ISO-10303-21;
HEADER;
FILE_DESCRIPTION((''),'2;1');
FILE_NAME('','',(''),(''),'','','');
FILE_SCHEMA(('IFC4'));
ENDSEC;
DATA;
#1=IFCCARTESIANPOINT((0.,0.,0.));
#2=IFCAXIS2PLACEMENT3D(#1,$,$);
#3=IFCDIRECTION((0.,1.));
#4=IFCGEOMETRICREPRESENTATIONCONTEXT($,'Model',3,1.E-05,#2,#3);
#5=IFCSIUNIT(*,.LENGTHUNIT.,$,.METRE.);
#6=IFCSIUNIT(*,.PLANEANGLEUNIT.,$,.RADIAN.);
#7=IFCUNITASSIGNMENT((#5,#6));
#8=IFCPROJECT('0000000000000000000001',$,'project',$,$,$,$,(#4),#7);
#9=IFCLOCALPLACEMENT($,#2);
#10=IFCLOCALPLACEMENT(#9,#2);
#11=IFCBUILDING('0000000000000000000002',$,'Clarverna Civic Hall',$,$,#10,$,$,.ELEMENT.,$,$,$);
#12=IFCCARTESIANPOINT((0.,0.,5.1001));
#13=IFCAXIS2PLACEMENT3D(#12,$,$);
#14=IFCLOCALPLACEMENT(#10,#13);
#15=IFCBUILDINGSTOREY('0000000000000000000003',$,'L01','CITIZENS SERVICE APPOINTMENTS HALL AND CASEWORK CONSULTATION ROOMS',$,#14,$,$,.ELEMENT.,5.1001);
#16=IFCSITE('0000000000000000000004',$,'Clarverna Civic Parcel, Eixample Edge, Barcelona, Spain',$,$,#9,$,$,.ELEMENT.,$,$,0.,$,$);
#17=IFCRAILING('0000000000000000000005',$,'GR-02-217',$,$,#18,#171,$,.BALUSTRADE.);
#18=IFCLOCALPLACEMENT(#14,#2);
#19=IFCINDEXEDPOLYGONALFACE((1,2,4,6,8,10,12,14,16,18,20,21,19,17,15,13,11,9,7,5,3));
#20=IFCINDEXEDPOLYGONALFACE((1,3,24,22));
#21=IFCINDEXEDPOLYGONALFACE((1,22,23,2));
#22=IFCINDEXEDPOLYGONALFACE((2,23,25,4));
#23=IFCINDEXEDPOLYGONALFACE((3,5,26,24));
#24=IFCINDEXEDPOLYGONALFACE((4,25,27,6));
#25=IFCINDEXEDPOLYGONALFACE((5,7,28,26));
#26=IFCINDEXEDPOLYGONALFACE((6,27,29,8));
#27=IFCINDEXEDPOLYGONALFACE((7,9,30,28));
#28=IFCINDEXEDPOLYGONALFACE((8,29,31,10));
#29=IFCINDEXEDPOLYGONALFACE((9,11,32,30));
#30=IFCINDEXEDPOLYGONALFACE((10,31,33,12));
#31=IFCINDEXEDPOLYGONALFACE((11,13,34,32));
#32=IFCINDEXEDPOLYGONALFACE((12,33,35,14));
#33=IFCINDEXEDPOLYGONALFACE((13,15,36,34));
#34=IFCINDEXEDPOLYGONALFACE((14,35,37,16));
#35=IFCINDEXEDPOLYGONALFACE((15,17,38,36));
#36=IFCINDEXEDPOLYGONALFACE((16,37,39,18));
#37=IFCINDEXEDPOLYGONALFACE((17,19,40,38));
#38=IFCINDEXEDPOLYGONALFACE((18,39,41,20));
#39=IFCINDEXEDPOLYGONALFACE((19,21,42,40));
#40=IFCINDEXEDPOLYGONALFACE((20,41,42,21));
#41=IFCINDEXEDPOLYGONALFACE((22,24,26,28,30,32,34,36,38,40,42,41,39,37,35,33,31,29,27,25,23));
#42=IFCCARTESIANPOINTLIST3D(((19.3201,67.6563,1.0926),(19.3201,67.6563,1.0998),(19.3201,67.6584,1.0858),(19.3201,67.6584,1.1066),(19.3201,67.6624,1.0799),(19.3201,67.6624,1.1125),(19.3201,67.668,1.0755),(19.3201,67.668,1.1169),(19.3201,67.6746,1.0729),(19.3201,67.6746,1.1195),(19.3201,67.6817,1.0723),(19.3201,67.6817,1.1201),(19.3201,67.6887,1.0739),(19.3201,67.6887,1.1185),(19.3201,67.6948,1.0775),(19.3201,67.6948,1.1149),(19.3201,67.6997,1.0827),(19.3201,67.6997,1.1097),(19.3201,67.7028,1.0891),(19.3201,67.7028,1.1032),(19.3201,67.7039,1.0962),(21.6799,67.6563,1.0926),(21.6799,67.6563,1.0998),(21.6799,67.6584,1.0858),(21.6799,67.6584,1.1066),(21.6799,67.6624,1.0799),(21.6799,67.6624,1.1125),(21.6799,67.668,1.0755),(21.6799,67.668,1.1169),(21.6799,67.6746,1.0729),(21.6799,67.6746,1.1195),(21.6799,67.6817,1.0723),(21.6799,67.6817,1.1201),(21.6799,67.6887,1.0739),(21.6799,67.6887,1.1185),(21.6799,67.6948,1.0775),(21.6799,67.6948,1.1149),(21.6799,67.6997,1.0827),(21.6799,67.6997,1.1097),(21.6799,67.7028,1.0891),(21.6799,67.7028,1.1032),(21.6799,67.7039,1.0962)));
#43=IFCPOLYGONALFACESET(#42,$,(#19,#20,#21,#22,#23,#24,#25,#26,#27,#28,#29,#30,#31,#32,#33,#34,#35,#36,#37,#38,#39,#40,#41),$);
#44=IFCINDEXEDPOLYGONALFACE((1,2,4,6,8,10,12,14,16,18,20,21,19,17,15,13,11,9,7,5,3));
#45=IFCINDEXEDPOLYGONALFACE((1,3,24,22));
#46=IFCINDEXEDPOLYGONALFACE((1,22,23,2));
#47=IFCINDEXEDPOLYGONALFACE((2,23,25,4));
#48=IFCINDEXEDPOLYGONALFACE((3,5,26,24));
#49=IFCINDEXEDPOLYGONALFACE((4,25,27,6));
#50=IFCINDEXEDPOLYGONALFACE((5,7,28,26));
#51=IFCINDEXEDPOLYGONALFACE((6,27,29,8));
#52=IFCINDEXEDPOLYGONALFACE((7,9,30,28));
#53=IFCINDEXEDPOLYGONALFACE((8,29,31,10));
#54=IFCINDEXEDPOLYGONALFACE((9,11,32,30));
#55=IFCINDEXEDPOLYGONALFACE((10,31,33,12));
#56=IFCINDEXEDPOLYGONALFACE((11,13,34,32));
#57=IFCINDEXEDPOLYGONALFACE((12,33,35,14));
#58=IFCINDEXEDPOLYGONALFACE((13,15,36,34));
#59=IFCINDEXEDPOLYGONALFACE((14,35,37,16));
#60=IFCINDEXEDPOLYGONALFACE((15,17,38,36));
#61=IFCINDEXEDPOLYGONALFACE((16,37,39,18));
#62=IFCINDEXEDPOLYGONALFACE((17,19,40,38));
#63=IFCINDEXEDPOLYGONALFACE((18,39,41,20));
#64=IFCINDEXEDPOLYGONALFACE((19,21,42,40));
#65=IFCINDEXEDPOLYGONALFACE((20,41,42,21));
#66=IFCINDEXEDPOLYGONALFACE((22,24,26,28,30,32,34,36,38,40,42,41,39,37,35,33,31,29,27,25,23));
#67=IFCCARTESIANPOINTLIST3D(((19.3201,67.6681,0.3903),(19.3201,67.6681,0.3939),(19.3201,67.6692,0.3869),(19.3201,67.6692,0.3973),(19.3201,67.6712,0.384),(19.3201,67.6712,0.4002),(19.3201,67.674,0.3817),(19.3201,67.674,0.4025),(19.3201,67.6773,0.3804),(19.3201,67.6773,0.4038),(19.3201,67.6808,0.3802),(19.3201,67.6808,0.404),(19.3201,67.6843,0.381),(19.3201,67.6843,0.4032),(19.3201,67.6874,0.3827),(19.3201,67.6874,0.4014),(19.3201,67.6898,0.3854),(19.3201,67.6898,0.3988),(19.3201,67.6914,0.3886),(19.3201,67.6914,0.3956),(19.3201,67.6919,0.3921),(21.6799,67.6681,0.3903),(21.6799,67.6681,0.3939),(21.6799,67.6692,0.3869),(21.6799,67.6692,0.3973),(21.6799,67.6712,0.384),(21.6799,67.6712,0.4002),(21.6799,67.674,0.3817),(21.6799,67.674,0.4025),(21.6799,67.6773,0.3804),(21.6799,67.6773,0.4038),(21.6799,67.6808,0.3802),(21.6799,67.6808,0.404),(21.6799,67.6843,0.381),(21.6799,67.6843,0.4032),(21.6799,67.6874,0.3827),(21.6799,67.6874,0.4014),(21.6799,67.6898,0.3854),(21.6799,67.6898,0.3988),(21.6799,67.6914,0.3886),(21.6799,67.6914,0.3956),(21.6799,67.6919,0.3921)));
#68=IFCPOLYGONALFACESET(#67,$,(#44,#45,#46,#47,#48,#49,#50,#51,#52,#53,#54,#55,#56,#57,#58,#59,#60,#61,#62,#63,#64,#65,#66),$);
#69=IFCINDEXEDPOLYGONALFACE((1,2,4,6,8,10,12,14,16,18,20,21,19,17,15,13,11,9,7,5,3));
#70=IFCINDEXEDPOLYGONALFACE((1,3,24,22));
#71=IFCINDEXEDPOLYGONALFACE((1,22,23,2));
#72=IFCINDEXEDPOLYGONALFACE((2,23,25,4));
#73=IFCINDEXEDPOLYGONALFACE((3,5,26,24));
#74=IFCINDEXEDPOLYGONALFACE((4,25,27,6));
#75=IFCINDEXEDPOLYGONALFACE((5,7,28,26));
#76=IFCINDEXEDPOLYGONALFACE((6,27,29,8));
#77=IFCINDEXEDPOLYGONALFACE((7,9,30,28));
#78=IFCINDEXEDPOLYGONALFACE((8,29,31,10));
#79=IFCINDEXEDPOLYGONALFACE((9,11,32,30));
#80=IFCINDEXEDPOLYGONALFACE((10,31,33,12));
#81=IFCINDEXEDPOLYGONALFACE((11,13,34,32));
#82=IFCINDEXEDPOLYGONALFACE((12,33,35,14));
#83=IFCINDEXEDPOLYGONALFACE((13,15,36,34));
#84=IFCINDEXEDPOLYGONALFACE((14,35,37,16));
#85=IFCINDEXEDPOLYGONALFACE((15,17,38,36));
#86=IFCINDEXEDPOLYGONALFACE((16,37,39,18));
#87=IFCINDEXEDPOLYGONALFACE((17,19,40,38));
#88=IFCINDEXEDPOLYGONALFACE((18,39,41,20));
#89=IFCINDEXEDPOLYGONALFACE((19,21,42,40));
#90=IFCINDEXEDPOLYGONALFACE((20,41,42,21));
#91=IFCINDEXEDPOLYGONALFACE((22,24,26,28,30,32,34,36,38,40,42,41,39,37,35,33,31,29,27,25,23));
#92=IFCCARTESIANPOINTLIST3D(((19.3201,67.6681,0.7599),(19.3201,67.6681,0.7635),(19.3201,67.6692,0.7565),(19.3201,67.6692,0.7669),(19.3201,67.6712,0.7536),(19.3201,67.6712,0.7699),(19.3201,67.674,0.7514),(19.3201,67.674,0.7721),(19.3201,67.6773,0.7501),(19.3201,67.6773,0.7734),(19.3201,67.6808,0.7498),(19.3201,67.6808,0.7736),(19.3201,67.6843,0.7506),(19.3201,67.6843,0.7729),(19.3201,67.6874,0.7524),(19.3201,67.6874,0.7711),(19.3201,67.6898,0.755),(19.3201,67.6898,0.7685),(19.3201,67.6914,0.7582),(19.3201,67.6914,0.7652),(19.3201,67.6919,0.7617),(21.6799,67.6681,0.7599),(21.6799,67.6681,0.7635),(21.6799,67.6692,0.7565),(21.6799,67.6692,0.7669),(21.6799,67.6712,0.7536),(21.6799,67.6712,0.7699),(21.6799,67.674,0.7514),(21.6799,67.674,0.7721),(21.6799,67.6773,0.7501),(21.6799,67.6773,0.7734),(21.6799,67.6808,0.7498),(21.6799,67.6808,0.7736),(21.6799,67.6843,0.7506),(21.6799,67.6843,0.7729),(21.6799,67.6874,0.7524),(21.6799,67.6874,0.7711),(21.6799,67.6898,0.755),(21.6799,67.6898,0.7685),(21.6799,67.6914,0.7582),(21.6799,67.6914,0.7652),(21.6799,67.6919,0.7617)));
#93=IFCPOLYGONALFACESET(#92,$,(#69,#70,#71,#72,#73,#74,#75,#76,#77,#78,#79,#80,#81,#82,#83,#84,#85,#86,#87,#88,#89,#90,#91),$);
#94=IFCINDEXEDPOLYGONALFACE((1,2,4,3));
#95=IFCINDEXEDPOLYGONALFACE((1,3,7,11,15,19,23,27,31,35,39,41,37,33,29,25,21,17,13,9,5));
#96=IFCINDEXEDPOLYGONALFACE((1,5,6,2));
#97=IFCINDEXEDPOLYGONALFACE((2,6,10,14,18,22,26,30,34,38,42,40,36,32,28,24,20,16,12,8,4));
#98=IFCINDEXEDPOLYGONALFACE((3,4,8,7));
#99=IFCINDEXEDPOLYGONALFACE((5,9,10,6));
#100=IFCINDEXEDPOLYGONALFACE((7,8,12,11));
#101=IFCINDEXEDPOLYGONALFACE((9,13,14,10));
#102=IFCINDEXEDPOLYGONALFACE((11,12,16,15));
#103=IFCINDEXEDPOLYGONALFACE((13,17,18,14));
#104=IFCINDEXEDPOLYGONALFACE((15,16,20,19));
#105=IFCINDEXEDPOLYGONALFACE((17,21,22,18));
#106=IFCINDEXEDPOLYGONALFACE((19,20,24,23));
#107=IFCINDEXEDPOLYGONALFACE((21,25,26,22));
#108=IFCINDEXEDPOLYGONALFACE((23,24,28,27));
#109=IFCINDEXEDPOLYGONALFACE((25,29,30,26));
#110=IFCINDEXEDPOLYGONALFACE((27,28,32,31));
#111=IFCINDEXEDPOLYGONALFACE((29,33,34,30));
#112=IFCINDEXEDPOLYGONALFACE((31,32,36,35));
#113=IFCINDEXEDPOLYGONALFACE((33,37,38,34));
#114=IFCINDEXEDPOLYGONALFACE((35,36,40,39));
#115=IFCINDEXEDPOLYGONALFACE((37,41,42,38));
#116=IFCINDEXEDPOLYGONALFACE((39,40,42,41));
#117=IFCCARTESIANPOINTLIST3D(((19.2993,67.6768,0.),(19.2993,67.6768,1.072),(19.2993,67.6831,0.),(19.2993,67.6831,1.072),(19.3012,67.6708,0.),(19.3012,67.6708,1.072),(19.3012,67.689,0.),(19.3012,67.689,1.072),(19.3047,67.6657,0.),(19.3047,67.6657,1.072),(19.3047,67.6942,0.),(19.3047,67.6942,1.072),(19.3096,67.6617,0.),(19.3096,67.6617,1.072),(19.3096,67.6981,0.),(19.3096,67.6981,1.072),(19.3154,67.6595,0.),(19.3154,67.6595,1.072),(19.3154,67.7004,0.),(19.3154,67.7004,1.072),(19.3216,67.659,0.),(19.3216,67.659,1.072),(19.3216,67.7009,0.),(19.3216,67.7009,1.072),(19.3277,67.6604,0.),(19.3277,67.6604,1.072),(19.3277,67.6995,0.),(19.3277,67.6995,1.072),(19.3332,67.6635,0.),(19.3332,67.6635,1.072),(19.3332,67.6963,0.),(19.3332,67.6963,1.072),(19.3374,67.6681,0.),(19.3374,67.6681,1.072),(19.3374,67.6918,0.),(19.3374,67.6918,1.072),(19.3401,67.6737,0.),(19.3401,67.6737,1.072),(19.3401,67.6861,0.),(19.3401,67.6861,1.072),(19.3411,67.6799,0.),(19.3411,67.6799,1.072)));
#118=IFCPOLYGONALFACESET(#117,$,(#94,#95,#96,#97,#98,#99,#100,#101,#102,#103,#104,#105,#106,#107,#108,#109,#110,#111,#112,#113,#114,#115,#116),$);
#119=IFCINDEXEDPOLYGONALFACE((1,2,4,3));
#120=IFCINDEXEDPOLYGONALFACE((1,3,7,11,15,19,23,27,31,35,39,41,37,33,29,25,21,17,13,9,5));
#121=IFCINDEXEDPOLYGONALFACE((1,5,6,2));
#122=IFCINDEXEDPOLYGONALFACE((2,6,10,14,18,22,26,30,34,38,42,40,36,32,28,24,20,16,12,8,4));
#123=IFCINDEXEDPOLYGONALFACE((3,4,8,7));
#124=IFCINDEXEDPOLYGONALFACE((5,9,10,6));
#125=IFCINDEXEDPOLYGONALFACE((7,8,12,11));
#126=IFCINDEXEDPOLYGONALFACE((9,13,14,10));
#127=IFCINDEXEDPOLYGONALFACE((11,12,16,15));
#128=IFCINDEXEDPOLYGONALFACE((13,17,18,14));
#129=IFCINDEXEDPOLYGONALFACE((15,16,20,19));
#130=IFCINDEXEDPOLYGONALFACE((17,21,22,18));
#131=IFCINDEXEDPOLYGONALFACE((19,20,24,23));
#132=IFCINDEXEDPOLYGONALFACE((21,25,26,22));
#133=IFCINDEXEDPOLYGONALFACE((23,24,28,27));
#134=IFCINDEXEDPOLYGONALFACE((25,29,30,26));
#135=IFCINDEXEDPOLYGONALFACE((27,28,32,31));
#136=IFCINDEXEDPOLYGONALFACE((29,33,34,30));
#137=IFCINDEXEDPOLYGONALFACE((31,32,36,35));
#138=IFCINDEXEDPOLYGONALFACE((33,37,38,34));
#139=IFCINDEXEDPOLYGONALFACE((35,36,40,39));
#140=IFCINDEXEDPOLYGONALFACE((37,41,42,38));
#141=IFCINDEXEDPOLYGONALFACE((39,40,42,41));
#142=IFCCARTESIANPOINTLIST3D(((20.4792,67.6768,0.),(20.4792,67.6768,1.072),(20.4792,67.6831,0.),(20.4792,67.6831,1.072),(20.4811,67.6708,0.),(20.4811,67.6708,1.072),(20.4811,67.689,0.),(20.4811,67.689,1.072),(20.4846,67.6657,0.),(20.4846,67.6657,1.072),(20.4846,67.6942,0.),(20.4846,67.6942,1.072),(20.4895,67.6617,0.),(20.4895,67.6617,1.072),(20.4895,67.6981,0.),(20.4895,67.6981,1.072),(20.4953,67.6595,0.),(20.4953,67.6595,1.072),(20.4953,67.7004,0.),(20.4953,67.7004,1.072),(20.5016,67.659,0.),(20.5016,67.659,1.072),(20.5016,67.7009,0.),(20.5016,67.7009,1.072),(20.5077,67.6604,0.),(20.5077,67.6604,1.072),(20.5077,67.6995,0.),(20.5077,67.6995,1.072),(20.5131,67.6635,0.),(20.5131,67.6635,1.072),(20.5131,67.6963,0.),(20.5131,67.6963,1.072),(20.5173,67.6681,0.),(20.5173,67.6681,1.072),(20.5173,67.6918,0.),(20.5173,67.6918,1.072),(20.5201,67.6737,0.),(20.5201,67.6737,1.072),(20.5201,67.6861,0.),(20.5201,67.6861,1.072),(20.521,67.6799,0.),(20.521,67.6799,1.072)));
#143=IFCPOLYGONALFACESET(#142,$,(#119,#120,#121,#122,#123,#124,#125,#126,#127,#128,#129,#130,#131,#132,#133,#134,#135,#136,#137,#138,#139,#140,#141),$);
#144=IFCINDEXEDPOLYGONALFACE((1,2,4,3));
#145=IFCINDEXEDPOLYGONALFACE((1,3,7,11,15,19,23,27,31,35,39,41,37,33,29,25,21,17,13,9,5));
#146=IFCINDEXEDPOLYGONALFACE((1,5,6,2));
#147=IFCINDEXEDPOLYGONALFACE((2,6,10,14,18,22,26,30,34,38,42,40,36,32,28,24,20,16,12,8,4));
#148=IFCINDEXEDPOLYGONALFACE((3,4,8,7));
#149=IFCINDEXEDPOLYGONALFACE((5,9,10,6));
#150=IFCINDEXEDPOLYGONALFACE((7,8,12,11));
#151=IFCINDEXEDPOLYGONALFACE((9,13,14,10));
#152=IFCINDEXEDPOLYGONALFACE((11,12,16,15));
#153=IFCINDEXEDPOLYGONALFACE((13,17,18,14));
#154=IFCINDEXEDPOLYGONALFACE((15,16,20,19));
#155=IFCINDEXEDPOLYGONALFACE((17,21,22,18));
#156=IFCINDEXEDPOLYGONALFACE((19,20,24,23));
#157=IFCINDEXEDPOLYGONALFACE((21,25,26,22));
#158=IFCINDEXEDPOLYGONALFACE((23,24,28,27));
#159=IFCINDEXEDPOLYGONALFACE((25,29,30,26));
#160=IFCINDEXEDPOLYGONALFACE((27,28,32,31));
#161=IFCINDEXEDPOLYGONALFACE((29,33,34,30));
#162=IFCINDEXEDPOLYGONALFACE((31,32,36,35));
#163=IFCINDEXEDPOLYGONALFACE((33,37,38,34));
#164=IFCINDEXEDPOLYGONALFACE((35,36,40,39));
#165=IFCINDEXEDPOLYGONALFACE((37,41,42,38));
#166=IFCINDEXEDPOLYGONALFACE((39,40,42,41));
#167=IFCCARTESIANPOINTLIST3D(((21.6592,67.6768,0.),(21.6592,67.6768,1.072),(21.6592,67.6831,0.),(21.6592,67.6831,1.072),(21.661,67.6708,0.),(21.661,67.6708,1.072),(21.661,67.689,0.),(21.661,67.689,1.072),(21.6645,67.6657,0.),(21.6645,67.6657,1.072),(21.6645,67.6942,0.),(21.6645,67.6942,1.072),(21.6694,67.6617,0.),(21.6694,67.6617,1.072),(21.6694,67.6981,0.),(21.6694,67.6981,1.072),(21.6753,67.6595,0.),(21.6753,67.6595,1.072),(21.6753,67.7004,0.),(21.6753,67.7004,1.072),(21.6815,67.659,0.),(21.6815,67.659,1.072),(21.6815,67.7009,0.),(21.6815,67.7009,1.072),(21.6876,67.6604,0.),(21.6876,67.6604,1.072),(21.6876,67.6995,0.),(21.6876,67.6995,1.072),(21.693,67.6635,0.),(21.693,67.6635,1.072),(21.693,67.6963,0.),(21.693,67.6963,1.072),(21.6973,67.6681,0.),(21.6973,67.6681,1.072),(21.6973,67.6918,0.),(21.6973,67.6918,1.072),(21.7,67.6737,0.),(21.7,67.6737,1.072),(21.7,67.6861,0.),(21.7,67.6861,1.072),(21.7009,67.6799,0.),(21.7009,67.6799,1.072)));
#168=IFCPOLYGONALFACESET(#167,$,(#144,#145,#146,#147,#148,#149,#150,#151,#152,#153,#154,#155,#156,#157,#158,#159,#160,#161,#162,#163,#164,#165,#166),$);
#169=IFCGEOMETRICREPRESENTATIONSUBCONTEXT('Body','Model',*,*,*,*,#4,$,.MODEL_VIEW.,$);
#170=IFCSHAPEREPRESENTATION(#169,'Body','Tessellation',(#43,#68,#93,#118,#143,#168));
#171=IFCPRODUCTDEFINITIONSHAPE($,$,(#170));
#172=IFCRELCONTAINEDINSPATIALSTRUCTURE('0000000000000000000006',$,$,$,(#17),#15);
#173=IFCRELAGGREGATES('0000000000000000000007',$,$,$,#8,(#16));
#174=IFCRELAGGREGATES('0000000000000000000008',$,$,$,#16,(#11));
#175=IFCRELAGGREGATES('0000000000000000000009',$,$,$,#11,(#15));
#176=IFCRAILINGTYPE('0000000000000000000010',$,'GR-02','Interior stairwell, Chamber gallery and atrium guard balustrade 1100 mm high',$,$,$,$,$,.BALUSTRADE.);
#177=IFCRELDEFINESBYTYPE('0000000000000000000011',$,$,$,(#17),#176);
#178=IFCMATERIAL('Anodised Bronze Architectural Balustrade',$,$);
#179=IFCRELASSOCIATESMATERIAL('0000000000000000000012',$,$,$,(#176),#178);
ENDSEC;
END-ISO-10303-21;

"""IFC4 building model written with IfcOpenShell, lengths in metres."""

from ifc_helpers import new_model, si_unit, direction, frame, origin, origin_2d, place, context, subcontext, project, spatial, circle, extrude, material, type_object, element, save


model = new_model("IFC4")

# Units and contexts
model_context = context("Model", 3, precision=1e-05, world=origin(), true_north=direction((0.0, 1.0)))
body_context = subcontext(model_context, "Body", "Model", "MODEL_VIEW")
ifc_project = project(units=[si_unit("LENGTHUNIT", "METRE"), si_unit("PLANEANGLEUNIT", "RADIAN")], contexts=[model_context])

# Site, building, storey
site_placement = place(None, origin())
site = spatial("IfcSite", under=ifc_project, at=site_placement, Name="Clarverna Civic Parcel, Eixample Edge, Barcelona, Spain", CompositionType="ELEMENT", RefElevation=0.0)
building_placement = place(site_placement, origin())
building = spatial("IfcBuilding", under=site, at=building_placement, Name="Clarverna Civic Hall", CompositionType="ELEMENT")
storey_placement = place(building_placement, frame((0.0, 0.0, 5.1001)))
storey = spatial("IfcBuildingStorey", under=building, at=storey_placement, Name="L01", Description="CITIZENS SERVICE APPOINTMENTS HALL AND CASEWORK CONSULTATION ROOMS", CompositionType="ELEMENT", Elevation=5.1001)

# Railing
ifc_material_1 = material(Name="Anodised Bronze Architectural Balustrade")
railing_type = type_object("IfcRailingType", Name="GR-02", Description="Interior stairwell, Chamber gallery and atrium guard balustrade 1100 mm high", PredefinedType="BALUSTRADE", material=ifc_material_1)
railing_1_placement = place(storey_placement, frame((19.3201, 67.6799, 0.0)))
element("IfcRailing", 1, at=railing_1_placement, inside=storey, type_object=railing_type, Name="GR-02-217", PredefinedType="BALUSTRADE", context=body_context, shape_type="SweptSolid", body=[
    extrude(circle(Radius=0.0239, at=origin_2d()), frame((0.0, 0.0, 1.0962), z_axis=(1.0, 0.0, 0.0), x_axis=(0.0, 1.0, 0.0)), (0.0, 0.0, 1.0), 2.3599),
    extrude(circle(Radius=0.012, at=origin_2d()), frame((0.0, 0.0, 0.3921), z_axis=(1.0, 0.0, 0.0), x_axis=(0.0, 1.0, 0.0)), (0.0, 0.0, 1.0), 2.3599),
    extrude(circle(Radius=0.012, at=origin_2d()), frame((0.0, 0.0, 0.7617), z_axis=(1.0, 0.0, 0.0), x_axis=(0.0, 1.0, 0.0)), (0.0, 0.0, 1.0), 2.3599),
    extrude(circle(Radius=0.021, at=origin_2d()), origin(), (0.0, 0.0, 1.0), 1.072),
    extrude(circle(Radius=0.021, at=origin_2d()), frame((1.1799, 0.0, 0.0)), (0.0, 0.0, 1.0), 1.072),
    extrude(circle(Radius=0.021, at=origin_2d()), frame((2.3599, 0.0, 0.0)), (0.0, 0.0, 1.0), 1.072),
])

save(model, "model.ifc")
